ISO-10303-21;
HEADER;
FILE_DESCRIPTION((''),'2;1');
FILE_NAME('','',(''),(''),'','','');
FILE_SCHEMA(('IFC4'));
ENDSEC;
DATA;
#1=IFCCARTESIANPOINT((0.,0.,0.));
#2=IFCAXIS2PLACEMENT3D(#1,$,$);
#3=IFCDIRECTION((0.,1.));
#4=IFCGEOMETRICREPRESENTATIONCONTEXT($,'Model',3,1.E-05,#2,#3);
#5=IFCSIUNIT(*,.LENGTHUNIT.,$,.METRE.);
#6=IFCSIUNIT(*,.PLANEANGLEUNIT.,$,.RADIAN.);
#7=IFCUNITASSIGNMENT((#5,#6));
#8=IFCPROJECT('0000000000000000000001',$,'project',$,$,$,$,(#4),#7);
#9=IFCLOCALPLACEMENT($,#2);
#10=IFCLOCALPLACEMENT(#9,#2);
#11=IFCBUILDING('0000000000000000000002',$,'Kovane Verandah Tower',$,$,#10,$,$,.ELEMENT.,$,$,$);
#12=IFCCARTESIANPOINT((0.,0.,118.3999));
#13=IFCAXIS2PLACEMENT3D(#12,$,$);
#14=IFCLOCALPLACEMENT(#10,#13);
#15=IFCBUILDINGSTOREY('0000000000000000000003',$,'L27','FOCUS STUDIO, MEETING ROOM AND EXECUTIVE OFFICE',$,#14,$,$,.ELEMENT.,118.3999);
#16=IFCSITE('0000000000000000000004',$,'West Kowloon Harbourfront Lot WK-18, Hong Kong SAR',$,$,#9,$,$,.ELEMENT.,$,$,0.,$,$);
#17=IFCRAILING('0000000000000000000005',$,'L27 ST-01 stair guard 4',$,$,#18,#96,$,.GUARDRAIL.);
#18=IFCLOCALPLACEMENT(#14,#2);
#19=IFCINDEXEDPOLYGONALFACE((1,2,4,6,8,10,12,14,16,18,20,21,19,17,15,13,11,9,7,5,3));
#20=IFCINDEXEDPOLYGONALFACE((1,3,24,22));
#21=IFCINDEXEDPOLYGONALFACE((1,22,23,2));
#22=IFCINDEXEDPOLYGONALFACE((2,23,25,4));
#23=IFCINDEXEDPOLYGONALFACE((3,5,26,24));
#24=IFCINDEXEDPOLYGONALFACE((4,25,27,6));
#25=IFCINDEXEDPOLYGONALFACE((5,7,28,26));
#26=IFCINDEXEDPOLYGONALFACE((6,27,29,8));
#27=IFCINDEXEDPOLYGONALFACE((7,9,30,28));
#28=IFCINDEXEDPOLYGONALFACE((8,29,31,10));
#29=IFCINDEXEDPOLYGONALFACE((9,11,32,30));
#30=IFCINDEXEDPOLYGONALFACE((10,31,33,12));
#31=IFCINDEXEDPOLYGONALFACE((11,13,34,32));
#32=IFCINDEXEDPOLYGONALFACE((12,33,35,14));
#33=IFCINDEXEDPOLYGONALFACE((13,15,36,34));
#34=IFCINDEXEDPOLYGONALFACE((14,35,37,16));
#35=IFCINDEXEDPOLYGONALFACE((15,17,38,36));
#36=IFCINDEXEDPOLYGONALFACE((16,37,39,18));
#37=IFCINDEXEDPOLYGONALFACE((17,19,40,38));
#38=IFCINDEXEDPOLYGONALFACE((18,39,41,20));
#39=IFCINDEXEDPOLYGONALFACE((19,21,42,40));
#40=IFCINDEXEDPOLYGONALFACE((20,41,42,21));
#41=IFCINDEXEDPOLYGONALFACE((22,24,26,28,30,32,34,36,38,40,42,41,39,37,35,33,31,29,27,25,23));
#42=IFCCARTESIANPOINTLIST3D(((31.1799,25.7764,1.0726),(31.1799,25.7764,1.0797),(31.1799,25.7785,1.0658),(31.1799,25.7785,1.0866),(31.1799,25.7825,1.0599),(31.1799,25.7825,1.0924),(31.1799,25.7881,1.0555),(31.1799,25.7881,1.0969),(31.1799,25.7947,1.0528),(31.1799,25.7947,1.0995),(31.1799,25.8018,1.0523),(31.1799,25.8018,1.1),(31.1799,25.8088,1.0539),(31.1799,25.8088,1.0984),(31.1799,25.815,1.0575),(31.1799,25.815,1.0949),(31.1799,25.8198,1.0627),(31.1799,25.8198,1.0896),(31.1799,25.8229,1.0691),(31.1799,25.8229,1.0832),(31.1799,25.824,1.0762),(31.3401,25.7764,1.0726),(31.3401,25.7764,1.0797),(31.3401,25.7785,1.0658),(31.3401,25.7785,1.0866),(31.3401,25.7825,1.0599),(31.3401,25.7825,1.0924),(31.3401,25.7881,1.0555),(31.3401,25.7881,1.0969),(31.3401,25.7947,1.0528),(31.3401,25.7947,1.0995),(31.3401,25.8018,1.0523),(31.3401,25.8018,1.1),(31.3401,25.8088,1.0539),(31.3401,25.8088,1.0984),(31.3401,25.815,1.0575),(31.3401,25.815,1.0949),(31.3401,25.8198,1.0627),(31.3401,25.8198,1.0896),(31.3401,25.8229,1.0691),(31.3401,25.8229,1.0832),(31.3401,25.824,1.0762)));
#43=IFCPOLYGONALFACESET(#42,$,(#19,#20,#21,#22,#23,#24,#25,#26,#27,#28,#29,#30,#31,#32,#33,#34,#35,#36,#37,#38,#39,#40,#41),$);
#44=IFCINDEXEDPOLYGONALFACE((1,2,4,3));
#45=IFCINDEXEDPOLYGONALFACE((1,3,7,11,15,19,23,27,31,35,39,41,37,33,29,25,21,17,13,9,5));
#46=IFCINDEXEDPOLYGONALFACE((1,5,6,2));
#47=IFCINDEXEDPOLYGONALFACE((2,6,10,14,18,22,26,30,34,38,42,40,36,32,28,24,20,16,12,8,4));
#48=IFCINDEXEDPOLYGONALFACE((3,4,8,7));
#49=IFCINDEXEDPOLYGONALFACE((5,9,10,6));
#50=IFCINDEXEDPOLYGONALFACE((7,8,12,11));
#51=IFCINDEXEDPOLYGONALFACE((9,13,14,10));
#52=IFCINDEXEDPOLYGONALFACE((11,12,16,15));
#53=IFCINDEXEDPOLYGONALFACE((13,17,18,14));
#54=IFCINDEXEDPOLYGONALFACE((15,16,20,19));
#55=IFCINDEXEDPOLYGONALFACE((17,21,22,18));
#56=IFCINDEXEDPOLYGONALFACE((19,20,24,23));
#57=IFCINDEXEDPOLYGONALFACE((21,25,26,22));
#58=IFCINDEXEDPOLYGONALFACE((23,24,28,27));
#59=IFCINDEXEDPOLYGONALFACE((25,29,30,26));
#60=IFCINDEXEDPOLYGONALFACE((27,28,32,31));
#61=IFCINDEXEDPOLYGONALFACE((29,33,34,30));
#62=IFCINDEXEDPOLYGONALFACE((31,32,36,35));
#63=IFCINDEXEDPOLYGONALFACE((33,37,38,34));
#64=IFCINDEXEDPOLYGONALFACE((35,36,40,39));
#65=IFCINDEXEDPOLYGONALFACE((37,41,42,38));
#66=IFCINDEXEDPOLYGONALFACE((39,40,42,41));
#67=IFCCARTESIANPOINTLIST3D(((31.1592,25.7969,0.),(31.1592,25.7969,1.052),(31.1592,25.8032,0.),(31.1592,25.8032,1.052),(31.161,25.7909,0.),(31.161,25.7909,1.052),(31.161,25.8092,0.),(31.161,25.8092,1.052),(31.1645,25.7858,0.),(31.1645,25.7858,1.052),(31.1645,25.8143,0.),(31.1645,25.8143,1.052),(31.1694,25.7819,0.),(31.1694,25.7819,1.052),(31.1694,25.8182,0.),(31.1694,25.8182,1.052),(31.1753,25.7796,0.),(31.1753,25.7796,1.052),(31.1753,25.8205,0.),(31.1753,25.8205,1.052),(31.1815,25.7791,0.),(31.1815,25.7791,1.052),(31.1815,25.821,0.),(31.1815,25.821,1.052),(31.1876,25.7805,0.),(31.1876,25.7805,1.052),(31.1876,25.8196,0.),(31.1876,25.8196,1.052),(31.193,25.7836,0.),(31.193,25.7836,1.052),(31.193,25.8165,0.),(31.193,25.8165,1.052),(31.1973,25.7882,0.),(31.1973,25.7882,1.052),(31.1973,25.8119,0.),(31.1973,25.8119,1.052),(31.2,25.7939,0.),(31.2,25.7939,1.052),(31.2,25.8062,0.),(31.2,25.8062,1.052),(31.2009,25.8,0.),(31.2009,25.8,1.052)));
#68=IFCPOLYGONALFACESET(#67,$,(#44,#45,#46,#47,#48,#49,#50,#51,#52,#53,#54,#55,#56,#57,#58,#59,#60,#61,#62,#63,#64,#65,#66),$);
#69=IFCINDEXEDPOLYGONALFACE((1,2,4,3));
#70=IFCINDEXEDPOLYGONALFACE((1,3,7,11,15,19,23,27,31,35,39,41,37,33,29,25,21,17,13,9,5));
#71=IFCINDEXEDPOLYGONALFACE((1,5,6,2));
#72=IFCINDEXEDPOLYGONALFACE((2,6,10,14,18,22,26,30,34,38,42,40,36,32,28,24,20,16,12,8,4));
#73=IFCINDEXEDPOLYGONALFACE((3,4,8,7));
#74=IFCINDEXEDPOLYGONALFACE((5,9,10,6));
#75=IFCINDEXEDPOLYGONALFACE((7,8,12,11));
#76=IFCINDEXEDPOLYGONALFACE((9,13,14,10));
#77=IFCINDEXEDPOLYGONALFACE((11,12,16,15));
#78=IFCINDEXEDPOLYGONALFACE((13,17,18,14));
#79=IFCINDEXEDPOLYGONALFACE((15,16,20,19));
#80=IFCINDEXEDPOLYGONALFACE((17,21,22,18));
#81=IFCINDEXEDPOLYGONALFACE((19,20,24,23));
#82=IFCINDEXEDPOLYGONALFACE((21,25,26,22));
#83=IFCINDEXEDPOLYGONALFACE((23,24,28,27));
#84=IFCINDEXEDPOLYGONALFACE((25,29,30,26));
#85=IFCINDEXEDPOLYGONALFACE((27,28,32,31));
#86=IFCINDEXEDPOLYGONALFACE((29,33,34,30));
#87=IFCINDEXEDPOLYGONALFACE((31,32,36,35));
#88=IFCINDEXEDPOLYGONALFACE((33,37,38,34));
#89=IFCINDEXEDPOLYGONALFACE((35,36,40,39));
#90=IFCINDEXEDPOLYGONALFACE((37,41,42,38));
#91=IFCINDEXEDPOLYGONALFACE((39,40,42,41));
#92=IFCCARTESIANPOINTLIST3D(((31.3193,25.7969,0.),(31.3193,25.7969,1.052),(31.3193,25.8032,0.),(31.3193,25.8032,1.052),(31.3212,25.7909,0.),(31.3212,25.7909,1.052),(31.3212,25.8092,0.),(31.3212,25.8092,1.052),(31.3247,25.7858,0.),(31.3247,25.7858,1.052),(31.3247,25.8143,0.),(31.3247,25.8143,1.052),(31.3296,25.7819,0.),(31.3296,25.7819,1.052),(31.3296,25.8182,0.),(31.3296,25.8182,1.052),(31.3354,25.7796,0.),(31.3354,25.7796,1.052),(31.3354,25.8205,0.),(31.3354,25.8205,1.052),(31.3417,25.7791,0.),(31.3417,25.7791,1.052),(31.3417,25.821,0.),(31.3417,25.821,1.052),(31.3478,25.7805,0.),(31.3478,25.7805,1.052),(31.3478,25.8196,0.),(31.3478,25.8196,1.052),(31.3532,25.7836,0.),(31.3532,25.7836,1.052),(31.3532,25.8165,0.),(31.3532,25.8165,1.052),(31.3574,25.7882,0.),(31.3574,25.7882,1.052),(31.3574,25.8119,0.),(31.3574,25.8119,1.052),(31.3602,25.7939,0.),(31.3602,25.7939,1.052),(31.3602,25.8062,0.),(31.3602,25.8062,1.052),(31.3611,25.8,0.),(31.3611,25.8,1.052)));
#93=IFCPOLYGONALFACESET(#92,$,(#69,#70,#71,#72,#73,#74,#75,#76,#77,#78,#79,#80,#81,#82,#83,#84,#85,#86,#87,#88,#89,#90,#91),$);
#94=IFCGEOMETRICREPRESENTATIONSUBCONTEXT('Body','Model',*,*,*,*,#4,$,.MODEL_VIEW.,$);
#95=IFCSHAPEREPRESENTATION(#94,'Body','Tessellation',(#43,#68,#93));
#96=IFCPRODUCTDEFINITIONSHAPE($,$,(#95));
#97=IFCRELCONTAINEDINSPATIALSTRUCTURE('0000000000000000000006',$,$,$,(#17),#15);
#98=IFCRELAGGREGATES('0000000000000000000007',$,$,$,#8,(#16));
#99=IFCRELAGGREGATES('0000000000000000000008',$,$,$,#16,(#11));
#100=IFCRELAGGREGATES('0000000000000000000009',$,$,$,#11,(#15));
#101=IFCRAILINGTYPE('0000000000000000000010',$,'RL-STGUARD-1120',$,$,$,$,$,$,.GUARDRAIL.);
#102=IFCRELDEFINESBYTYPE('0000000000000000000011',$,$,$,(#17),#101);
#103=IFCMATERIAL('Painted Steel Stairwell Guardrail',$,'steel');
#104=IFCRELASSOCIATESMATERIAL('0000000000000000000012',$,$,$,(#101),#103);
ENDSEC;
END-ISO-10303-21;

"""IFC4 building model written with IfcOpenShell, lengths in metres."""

from ifc_helpers import new_model, si_unit, direction, frame, origin, origin_2d, place, context, subcontext, project, spatial, circle, extrude, material, type_object, element, save


model = new_model("IFC4")

# Units and contexts
model_context = context("Model", 3, precision=1e-05, world=origin(), true_north=direction((0.0, 1.0)))
body_context = subcontext(model_context, "Body", "Model", "MODEL_VIEW")
ifc_project = project(units=[si_unit("LENGTHUNIT", "METRE"), si_unit("PLANEANGLEUNIT", "RADIAN")], contexts=[model_context])

# Site, building, storey
site_placement = place(None, origin())
site = spatial("IfcSite", under=ifc_project, at=site_placement, Name="West Kowloon Harbourfront Lot WK-18, Hong Kong SAR", CompositionType="ELEMENT", RefElevation=0.0)
building_placement = place(site_placement, origin())
building = spatial("IfcBuilding", under=site, at=building_placement, Name="Kovane Verandah Tower", CompositionType="ELEMENT")
storey_placement = place(building_placement, frame((0.0, 0.0, 118.3999)))
storey = spatial("IfcBuildingStorey", under=building, at=storey_placement, Name="L27", Description="FOCUS STUDIO, MEETING ROOM AND EXECUTIVE OFFICE", CompositionType="ELEMENT", Elevation=118.3999)

# Railing
ifc_material_1 = material(Name="Painted Steel Stairwell Guardrail", Category="steel")
railing_type_1 = type_object("IfcRailingType", Name="RL-STGUARD-1120", PredefinedType="GUARDRAIL", material=ifc_material_1)
railing_1_placement = place(storey_placement, frame((31.1799, 25.8, 0.0)))
element("IfcRailing", 1, at=railing_1_placement, inside=storey, type_object=railing_type_1, Name="L27 ST-01 stair guard 4", PredefinedType="GUARDRAIL", context=body_context, shape_type="SweptSolid", body=[
    extrude(circle(Radius=0.0239, at=origin_2d()), frame((0.0, 0.0, 1.0762), z_axis=(1.0, 0.0, 0.0), x_axis=(0.0, 1.0, 0.0)), (0.0, 0.0, 1.0), 0.1602),
    extrude(circle(Radius=0.021, at=origin_2d()), origin(), (0.0, 0.0, 1.0), 1.052),
    extrude(circle(Radius=0.021, at=origin_2d()), frame((0.1602, 0.0, 0.0)), (0.0, 0.0, 1.0), 1.052),
])

save(model, "model.ifc")
